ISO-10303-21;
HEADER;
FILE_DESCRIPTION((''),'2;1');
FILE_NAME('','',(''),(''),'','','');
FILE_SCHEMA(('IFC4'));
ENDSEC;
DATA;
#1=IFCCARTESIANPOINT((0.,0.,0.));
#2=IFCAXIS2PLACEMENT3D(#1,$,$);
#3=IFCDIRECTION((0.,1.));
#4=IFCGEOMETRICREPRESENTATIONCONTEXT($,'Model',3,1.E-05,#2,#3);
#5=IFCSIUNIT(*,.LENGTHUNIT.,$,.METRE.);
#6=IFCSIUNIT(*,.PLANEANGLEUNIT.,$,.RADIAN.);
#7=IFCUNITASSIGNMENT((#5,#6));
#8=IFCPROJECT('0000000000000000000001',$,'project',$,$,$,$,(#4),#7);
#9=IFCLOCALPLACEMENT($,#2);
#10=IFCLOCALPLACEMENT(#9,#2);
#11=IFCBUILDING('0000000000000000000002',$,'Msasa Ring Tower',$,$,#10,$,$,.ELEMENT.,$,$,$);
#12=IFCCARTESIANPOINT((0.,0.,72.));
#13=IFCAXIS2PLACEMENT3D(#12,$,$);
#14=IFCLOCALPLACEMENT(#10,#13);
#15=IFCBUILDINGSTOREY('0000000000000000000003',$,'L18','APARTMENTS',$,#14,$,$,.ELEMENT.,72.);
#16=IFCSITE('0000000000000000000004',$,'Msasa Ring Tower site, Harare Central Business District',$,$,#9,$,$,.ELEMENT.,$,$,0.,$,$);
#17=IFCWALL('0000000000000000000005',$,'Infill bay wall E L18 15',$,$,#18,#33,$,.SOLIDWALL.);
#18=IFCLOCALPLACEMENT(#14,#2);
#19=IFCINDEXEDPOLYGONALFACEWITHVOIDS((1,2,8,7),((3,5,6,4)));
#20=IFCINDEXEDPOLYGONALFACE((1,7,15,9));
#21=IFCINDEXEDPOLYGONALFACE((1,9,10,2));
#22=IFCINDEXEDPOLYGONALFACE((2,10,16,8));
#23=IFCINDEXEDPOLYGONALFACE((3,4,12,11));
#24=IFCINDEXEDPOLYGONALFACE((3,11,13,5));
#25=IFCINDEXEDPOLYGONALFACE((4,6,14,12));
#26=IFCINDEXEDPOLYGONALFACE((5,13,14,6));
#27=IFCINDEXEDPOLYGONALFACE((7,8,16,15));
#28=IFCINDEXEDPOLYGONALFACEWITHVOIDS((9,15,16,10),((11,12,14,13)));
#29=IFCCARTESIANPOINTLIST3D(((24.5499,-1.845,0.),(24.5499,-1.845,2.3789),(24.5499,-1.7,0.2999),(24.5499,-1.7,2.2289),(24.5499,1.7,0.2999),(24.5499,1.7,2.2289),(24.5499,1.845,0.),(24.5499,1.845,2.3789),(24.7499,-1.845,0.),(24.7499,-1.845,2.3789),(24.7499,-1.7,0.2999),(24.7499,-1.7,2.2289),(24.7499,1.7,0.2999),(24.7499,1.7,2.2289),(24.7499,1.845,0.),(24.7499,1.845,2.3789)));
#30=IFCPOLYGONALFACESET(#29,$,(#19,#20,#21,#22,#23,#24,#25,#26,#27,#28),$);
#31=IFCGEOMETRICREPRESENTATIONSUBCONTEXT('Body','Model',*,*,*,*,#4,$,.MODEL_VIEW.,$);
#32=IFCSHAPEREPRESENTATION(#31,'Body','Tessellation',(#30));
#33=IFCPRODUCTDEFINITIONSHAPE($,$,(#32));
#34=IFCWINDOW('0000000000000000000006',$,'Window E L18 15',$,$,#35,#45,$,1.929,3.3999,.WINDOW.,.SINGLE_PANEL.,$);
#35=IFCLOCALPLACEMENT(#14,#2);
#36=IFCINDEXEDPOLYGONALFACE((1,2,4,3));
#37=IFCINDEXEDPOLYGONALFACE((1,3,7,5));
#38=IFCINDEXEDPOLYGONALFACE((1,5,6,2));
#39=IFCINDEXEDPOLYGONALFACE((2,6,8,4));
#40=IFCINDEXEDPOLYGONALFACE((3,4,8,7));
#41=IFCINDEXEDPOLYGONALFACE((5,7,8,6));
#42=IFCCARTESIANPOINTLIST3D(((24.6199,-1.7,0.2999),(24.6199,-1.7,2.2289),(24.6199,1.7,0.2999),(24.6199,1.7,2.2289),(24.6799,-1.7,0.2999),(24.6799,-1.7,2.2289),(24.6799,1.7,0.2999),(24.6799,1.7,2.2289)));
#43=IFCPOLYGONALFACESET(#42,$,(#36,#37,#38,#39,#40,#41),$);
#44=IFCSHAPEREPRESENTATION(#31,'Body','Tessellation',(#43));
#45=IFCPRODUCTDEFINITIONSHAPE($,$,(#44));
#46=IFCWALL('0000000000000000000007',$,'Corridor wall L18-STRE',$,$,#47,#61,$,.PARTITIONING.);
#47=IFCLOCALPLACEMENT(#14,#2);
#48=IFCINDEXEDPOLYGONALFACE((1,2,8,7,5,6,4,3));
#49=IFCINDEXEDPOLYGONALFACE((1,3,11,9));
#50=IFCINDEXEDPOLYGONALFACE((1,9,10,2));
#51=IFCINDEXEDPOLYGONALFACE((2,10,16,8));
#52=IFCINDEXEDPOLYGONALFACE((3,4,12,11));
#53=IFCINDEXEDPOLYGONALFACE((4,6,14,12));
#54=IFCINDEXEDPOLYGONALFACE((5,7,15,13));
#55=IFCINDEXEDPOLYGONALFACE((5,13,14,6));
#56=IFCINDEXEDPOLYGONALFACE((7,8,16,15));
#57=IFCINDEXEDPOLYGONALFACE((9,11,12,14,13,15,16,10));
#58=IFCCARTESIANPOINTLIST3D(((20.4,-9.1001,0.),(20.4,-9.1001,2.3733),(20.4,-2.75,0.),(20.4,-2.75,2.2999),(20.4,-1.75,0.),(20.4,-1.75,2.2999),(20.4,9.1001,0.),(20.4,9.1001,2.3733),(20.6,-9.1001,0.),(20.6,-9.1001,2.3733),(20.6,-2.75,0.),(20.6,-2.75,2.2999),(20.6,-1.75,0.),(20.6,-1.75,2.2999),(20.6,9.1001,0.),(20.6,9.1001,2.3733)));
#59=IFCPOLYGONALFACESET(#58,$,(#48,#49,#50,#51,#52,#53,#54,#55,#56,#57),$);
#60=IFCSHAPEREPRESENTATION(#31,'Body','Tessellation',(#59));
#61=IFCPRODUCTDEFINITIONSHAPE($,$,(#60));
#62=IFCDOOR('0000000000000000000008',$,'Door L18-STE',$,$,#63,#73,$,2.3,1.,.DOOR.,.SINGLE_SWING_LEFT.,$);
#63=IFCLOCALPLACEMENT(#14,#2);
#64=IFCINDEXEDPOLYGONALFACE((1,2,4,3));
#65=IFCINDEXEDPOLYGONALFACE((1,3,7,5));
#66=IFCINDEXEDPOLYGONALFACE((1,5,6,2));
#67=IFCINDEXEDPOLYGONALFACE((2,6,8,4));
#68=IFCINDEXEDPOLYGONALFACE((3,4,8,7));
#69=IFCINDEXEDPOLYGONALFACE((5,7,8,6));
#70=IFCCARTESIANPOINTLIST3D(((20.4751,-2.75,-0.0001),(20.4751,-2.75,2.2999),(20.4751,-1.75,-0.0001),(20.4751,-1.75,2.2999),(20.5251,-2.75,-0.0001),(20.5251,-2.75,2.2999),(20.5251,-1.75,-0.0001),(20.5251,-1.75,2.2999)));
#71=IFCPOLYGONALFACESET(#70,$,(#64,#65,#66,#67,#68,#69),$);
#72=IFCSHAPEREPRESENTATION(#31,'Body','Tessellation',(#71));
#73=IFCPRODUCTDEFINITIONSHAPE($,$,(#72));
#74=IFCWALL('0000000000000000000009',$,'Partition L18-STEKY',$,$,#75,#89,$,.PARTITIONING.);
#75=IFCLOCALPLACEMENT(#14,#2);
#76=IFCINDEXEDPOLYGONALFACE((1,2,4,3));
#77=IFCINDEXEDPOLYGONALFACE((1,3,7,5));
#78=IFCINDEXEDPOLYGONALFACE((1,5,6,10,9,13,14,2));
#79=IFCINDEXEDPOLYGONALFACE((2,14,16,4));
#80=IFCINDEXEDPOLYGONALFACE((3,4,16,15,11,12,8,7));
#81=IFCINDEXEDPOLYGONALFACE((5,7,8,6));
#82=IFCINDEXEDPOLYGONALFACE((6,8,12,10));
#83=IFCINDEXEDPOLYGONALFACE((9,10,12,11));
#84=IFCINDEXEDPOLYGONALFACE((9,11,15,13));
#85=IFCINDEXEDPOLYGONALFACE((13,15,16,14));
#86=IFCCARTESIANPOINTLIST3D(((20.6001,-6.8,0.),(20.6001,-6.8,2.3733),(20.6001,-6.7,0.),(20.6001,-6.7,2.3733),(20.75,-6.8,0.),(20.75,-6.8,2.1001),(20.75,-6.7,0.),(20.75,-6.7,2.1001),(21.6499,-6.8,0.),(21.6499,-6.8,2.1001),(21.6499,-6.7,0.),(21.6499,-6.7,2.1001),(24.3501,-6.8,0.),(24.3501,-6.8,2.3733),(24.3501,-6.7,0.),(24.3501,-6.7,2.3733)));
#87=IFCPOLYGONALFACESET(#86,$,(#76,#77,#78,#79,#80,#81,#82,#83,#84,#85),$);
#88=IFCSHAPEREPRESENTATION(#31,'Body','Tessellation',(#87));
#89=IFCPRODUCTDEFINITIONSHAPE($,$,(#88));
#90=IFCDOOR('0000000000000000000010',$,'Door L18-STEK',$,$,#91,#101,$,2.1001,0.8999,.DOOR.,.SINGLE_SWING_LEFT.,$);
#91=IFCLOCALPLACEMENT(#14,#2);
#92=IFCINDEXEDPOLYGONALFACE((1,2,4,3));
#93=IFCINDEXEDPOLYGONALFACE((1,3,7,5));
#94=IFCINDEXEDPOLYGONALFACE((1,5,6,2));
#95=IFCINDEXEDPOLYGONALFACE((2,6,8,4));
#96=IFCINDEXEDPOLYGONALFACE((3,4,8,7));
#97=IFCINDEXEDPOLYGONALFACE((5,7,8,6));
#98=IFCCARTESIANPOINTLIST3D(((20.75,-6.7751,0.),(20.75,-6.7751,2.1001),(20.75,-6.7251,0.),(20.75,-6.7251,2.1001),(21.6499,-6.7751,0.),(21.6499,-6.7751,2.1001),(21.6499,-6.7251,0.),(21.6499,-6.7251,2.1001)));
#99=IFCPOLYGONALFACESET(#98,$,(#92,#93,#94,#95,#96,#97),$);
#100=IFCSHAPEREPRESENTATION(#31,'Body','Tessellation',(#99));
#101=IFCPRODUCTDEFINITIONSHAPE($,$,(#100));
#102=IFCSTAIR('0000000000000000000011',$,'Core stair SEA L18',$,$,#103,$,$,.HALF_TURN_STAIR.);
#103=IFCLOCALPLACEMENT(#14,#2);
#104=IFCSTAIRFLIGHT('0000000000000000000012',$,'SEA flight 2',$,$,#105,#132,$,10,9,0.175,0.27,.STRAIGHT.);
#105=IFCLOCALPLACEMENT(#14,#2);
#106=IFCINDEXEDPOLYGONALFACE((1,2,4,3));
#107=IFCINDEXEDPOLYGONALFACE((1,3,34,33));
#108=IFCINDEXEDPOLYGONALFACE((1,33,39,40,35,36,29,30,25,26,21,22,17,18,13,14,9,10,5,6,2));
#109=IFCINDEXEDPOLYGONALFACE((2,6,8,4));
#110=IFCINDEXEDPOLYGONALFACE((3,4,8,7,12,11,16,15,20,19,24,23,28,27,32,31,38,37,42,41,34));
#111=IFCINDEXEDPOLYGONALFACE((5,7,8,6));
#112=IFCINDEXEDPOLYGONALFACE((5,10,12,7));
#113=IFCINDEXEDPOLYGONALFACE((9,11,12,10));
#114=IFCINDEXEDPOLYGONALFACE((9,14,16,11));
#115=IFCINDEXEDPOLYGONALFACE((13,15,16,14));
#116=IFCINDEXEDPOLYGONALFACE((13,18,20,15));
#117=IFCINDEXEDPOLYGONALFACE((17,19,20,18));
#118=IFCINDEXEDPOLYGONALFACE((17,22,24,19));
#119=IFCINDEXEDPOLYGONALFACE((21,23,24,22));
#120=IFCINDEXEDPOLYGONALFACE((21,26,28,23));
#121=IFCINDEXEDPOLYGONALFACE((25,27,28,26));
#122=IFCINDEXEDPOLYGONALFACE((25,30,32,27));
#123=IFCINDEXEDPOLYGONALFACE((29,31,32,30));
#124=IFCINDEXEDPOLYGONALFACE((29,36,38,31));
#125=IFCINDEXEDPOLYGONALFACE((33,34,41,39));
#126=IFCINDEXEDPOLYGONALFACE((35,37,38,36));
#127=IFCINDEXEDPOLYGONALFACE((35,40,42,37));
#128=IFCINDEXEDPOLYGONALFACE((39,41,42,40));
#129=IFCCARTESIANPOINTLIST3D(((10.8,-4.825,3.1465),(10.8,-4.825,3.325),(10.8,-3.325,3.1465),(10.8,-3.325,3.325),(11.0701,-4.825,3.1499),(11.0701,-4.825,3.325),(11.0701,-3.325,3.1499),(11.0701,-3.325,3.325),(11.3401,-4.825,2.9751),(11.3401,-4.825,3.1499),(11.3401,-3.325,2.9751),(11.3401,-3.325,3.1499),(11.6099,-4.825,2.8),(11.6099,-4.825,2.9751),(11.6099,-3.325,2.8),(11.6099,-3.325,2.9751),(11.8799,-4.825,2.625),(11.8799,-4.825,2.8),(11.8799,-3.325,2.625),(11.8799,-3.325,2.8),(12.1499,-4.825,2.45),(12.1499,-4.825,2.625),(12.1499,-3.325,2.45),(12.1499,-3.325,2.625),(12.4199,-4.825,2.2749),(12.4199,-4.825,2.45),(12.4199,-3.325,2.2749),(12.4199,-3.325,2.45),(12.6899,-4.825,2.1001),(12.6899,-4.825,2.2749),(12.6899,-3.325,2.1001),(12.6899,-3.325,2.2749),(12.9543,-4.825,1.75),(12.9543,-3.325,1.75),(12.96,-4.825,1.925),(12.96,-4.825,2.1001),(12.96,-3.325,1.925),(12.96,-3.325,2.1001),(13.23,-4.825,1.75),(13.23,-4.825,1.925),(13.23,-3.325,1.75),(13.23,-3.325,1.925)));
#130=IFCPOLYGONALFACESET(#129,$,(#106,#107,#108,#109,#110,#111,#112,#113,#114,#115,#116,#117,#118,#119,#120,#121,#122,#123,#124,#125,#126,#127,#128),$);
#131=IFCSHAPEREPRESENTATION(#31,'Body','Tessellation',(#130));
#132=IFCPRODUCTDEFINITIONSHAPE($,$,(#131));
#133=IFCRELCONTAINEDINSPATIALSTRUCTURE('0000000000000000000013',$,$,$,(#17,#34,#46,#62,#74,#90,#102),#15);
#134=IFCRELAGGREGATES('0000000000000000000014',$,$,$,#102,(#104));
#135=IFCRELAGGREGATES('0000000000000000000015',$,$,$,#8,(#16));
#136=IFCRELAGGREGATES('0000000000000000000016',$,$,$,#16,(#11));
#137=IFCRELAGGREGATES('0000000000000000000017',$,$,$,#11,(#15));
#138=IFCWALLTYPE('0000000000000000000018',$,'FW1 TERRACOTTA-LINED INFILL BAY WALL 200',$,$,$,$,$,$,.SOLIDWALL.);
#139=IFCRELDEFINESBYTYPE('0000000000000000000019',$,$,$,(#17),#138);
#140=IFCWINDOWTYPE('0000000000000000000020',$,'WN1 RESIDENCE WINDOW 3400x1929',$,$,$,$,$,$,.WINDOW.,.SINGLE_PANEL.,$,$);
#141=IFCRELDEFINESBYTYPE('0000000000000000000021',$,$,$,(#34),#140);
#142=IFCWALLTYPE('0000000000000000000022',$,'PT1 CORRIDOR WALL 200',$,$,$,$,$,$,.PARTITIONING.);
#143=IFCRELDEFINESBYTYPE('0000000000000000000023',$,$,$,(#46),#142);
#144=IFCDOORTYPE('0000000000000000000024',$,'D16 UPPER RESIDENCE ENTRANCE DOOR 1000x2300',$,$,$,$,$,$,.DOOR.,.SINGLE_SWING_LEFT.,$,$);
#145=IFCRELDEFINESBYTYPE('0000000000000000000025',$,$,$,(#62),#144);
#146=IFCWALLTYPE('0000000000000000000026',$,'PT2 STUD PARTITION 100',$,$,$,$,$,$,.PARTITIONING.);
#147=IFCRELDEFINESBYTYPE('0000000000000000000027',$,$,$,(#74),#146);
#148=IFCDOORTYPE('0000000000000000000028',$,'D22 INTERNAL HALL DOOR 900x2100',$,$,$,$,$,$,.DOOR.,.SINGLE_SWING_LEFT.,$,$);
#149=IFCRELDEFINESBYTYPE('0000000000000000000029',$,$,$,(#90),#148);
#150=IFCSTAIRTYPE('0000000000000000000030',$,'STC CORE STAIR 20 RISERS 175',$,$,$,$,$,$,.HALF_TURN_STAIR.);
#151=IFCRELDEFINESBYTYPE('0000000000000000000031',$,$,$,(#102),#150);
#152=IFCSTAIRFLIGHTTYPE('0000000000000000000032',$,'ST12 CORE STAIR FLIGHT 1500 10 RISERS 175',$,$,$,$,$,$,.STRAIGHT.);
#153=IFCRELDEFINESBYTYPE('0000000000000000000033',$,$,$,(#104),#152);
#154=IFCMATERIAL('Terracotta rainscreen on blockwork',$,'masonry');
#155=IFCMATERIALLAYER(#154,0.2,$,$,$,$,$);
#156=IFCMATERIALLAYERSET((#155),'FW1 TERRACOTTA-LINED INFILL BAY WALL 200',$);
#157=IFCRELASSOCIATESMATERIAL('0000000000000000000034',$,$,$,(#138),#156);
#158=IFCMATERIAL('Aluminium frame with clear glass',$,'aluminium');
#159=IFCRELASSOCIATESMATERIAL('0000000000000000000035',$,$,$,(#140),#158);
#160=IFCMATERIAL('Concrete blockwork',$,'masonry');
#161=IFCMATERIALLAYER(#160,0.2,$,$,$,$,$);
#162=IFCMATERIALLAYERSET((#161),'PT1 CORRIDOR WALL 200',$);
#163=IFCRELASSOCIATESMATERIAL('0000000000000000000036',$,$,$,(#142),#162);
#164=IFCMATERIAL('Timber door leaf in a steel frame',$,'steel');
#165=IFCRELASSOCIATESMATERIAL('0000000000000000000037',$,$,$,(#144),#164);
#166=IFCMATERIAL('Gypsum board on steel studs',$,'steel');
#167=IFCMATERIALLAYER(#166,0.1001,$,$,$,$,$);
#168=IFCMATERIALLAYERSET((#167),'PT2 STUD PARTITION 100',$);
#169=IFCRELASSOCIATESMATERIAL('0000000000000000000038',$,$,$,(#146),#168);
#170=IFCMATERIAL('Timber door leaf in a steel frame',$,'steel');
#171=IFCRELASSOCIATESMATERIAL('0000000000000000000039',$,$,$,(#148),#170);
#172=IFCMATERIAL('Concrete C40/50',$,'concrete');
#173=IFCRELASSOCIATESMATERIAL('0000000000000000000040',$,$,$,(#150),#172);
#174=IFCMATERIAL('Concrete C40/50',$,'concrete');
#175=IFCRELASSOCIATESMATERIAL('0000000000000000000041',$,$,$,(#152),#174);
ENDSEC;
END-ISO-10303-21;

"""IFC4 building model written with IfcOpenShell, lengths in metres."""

from ifc_helpers import new_model, si_unit, direction, frame, frame_2d, origin, place, context, subcontext, project, spatial, polyline, rectangle, outline, extrude, material, layer, layer_set, type_object, element, fill, aggregate, save


model = new_model("IFC4")

# Units and contexts
model_context = context("Model", 3, precision=1e-05, world=origin(), true_north=direction((0.0, 1.0)))
body_context = subcontext(model_context, "Body", "Model", "MODEL_VIEW")
ifc_project = project(units=[si_unit("LENGTHUNIT", "METRE"), si_unit("PLANEANGLEUNIT", "RADIAN")], contexts=[model_context])

# Site, building, storey
site_placement = place(None, origin())
site = spatial("IfcSite", under=ifc_project, at=site_placement, Name="Msasa Ring Tower site, Harare Central Business District", CompositionType="ELEMENT", RefElevation=0.0)
building_placement = place(site_placement, origin())
building = spatial("IfcBuilding", under=site, at=building_placement, Name="Msasa Ring Tower", CompositionType="ELEMENT")
storey_placement = place(building_placement, frame((0.0, 0.0, 72.0)))
storey = spatial("IfcBuildingStorey", under=building, at=storey_placement, Name="L18", Description="APARTMENTS", CompositionType="ELEMENT", Elevation=72.0)

# Wall, opening, window
ifc_material_1 = material(Name="Terracotta rainscreen on blockwork", Category="masonry")
ifc_layer_1 = layer(ifc_material_1, 0.2)
ifc_layer_set_1 = layer_set([ifc_layer_1], Name="FW1 TERRACOTTA-LINED INFILL BAY WALL 200")
wall_type_1 = type_object("IfcWallType", Name="FW1 TERRACOTTA-LINED INFILL BAY WALL 200", PredefinedType="SOLIDWALL", material=ifc_layer_set_1)
ifc_material_2 = material(Name="Aluminium frame with clear glass", Category="aluminium")
window_type = type_object("IfcWindowType", Name="WN1 RESIDENCE WINDOW 3400x1929", PartitioningType="SINGLE_PANEL", PredefinedType="WINDOW", material=ifc_material_2)
wall_1_placement = place(storey_placement, frame((24.6499, -1.845, 0.0), z_axis=(0.0, 0.0, 1.0), x_axis=(0.0, 1.0, 0.0)))
wall_1 = element("IfcWall", 1, at=wall_1_placement, inside=storey, type_object=wall_type_1, Name="Infill bay wall E L18 15", PredefinedType="SOLIDWALL", context=body_context, shape_type="SweptSolid", body=[
    extrude(rectangle(XDim=3.6899, YDim=0.2, at=frame_2d((1.845, 0.0))), origin(), (0.0, 0.0, 1.0), 2.3789),
])
opening_1_placement = place(wall_1_placement, frame((0.145, 0.0, 0.3)))
opening_1 = element("IfcOpeningElement", 2, at=opening_1_placement, cuts=wall_1, PredefinedType="OPENING", context=body_context, shape_type="SweptSolid", body=[
    extrude(rectangle(XDim=3.3999, YDim=1.929, at=frame_2d((1.7, 0.9644))), frame((0.0, 0.1099, 0.0), z_axis=(0.0, -1.0, 0.0), x_axis=(1.0, 0.0, 0.0)), (0.0, 0.0, 1.0), 0.22),
])
window_1_placement = place(opening_1_placement, origin())
window_1 = element("IfcWindow", 3, at=window_1_placement, inside=storey, type_object=window_type, Name="Window E L18 15", OverallHeight=1.929, OverallWidth=3.3999, PartitioningType="SINGLE_PANEL", PredefinedType="WINDOW", context=body_context, shape_type="SweptSolid", body=[
    extrude(rectangle(XDim=3.3999, YDim=1.929, at=frame_2d((1.7, 0.9644))), frame((0.0, 0.03, 0.0), z_axis=(0.0, -1.0, 0.0), x_axis=(1.0, 0.0, 0.0)), (0.0, 0.0, 1.0), 0.0601),
])
fill(opening_1, window_1)

# Walls, openings, doors
ifc_material_3 = material(Name="Concrete blockwork", Category="masonry")
ifc_layer_2 = layer(ifc_material_3, 0.2)
ifc_layer_set_2 = layer_set([ifc_layer_2], Name="PT1 CORRIDOR WALL 200")
wall_type_2 = type_object("IfcWallType", Name="PT1 CORRIDOR WALL 200", PredefinedType="PARTITIONING", material=ifc_layer_set_2)
wall_2_placement = place(storey_placement, frame((20.5, -9.1001, 0.0), z_axis=(0.0, 0.0, 1.0), x_axis=(0.0, 1.0, 0.0)))
wall_2 = element("IfcWall", 4, at=wall_2_placement, inside=storey, type_object=wall_type_2, Name="Corridor wall L18-STRE", PredefinedType="PARTITIONING", context=body_context, shape_type="SweptSolid", body=[
    extrude(rectangle(XDim=18.2002, YDim=0.2, at=frame_2d((9.1001, 0.0))), origin(), (0.0, 0.0, 1.0), 2.3733),
])
opening_2_placement = place(wall_2_placement, frame((6.3501, 0.0, 0.0)))
opening_2 = element("IfcOpeningElement", 5, at=opening_2_placement, cuts=wall_2, PredefinedType="OPENING", context=body_context, shape_type="SweptSolid", body=[
    extrude(rectangle(XDim=1.0, YDim=2.3, at=frame_2d((0.5, 1.1499))), frame((0.0, 0.1099, 0.0), z_axis=(0.0, -1.0, 0.0), x_axis=(1.0, 0.0, 0.0)), (0.0, 0.0, 1.0), 0.22),
])
ifc_material_4 = material(Name="Timber door leaf in a steel frame", Category="steel")
door_type_1 = type_object("IfcDoorType", Name="D16 UPPER RESIDENCE ENTRANCE DOOR 1000x2300", OperationType="SINGLE_SWING_LEFT", PredefinedType="DOOR", material=ifc_material_4)
door_1_placement = place(opening_2_placement, origin())
door_1 = element("IfcDoor", 6, at=door_1_placement, inside=storey, type_object=door_type_1, Name="Door L18-STE", OperationType="SINGLE_SWING_LEFT", OverallHeight=2.3, OverallWidth=1.0, PredefinedType="DOOR", context=body_context, shape_type="SweptSolid", body=[
    extrude(rectangle(XDim=1.0, YDim=2.3, at=frame_2d((0.5, 1.1499))), frame((0.0, 0.0249, 0.0), z_axis=(0.0, -1.0, 0.0), x_axis=(1.0, 0.0, 0.0)), (0.0, 0.0, 1.0), 0.05),
])
fill(opening_2, door_1)
ifc_material_5 = material(Name="Gypsum board on steel studs", Category="steel")
ifc_layer_3 = layer(ifc_material_5, 0.1001)
ifc_layer_set_3 = layer_set([ifc_layer_3], Name="PT2 STUD PARTITION 100")
wall_type_3 = type_object("IfcWallType", Name="PT2 STUD PARTITION 100", PredefinedType="PARTITIONING", material=ifc_layer_set_3)
wall_3_placement = place(storey_placement, frame((20.6001, -6.75, 0.0), z_axis=(0.0, 0.0, 1.0), x_axis=(1.0, 0.0, 0.0)))
wall_3 = element("IfcWall", 7, at=wall_3_placement, inside=storey, type_object=wall_type_3, Name="Partition L18-STEKY", PredefinedType="PARTITIONING", context=body_context, shape_type="SweptSolid", body=[
    extrude(rectangle(XDim=3.75, YDim=0.1001, at=frame_2d((1.875, 0.0))), origin(), (0.0, 0.0, 1.0), 2.3733),
])
opening_3_placement = place(wall_3_placement, frame((0.1499, 0.0, 0.0)))
opening_3 = element("IfcOpeningElement", 8, at=opening_3_placement, cuts=wall_3, PredefinedType="OPENING", context=body_context, shape_type="SweptSolid", body=[
    extrude(rectangle(XDim=0.8999, YDim=2.1001, at=frame_2d((0.45, 1.05))), frame((0.0, 0.0601, 0.0), z_axis=(0.0, -1.0, 0.0), x_axis=(1.0, 0.0, 0.0)), (0.0, 0.0, 1.0), 0.1201),
])
ifc_material_6 = material(Name="Timber door leaf in a steel frame", Category="steel")
door_type_2 = type_object("IfcDoorType", Name="D22 INTERNAL HALL DOOR 900x2100", OperationType="SINGLE_SWING_LEFT", PredefinedType="DOOR", material=ifc_material_6)
door_2_placement = place(opening_3_placement, origin())
door_2 = element("IfcDoor", 9, at=door_2_placement, inside=storey, type_object=door_type_2, Name="Door L18-STEK", OperationType="SINGLE_SWING_LEFT", OverallHeight=2.1001, OverallWidth=0.8999, PredefinedType="DOOR", context=body_context, shape_type="SweptSolid", body=[
    extrude(rectangle(XDim=0.8999, YDim=2.1001, at=frame_2d((0.45, 1.05))), frame((0.0, 0.0249, 0.0), z_axis=(0.0, -1.0, 0.0), x_axis=(1.0, 0.0, 0.0)), (0.0, 0.0, 1.0), 0.05),
])
fill(opening_3, door_2)

# Stair, stair flight
ifc_material_7 = material(Name="Concrete C40/50", Category="concrete")
stair_type = type_object("IfcStairType", Name="STC CORE STAIR 20 RISERS 175", PredefinedType="HALF_TURN_STAIR", material=ifc_material_7)
stair_placement = place(storey_placement, origin())
stair = element("IfcStair", 10, at=stair_placement, inside=storey, type_object=stair_type, Name="Core stair SEA L18", PredefinedType="HALF_TURN_STAIR")
ifc_material_8 = material(Name="Concrete C40/50", Category="concrete")
stair_flight_type = type_object("IfcStairFlightType", Name="ST12 CORE STAIR FLIGHT 1500 10 RISERS 175", PredefinedType="STRAIGHT", material=ifc_material_8)
stair_flight_placement = place(storey_placement, frame((13.23, -4.075, 1.75), z_axis=(0.0, 0.0, 1.0), x_axis=(-1.0, 0.0, 0.0)))
stair_flight = element("IfcStairFlight", 11, at=stair_flight_placement, type_object=stair_flight_type, Name="SEA flight 2", NumberOfRisers=10, NumberOfTreads=9, PredefinedType="STRAIGHT", RiserHeight=0.175, TreadLength=0.27, context=body_context, shape_type="SweptSolid", body=[
    extrude(outline(polyline([(0.0, 0.0), (0.0, 0.175), (0.27, 0.175), (0.27, 0.3501), (0.54, 0.3501), (0.54, 0.5249), (0.8101, 0.5249), (0.8101, 0.7), (1.0801, 0.7), (1.0801, 0.875), (1.3501, 0.875), (1.3501, 1.05), (1.6201, 1.05), (1.6201, 1.2251), (1.8899, 1.2251), (1.8899, 1.3999), (2.1599, 1.3999), (2.1599, 1.575), (2.4299, 1.575), (2.4299, 1.75), (2.4299, 1.3965), (0.2756, 0.0), (0.0, 0.0)])), frame((0.0, 0.75, 0.0), z_axis=(0.0, -1.0, 0.0), x_axis=(1.0, 0.0, 0.0)), (0.0, 0.0, 1.0), 1.5),
])
aggregate(stair, [stair_flight])

save(model, "model.ifc")
